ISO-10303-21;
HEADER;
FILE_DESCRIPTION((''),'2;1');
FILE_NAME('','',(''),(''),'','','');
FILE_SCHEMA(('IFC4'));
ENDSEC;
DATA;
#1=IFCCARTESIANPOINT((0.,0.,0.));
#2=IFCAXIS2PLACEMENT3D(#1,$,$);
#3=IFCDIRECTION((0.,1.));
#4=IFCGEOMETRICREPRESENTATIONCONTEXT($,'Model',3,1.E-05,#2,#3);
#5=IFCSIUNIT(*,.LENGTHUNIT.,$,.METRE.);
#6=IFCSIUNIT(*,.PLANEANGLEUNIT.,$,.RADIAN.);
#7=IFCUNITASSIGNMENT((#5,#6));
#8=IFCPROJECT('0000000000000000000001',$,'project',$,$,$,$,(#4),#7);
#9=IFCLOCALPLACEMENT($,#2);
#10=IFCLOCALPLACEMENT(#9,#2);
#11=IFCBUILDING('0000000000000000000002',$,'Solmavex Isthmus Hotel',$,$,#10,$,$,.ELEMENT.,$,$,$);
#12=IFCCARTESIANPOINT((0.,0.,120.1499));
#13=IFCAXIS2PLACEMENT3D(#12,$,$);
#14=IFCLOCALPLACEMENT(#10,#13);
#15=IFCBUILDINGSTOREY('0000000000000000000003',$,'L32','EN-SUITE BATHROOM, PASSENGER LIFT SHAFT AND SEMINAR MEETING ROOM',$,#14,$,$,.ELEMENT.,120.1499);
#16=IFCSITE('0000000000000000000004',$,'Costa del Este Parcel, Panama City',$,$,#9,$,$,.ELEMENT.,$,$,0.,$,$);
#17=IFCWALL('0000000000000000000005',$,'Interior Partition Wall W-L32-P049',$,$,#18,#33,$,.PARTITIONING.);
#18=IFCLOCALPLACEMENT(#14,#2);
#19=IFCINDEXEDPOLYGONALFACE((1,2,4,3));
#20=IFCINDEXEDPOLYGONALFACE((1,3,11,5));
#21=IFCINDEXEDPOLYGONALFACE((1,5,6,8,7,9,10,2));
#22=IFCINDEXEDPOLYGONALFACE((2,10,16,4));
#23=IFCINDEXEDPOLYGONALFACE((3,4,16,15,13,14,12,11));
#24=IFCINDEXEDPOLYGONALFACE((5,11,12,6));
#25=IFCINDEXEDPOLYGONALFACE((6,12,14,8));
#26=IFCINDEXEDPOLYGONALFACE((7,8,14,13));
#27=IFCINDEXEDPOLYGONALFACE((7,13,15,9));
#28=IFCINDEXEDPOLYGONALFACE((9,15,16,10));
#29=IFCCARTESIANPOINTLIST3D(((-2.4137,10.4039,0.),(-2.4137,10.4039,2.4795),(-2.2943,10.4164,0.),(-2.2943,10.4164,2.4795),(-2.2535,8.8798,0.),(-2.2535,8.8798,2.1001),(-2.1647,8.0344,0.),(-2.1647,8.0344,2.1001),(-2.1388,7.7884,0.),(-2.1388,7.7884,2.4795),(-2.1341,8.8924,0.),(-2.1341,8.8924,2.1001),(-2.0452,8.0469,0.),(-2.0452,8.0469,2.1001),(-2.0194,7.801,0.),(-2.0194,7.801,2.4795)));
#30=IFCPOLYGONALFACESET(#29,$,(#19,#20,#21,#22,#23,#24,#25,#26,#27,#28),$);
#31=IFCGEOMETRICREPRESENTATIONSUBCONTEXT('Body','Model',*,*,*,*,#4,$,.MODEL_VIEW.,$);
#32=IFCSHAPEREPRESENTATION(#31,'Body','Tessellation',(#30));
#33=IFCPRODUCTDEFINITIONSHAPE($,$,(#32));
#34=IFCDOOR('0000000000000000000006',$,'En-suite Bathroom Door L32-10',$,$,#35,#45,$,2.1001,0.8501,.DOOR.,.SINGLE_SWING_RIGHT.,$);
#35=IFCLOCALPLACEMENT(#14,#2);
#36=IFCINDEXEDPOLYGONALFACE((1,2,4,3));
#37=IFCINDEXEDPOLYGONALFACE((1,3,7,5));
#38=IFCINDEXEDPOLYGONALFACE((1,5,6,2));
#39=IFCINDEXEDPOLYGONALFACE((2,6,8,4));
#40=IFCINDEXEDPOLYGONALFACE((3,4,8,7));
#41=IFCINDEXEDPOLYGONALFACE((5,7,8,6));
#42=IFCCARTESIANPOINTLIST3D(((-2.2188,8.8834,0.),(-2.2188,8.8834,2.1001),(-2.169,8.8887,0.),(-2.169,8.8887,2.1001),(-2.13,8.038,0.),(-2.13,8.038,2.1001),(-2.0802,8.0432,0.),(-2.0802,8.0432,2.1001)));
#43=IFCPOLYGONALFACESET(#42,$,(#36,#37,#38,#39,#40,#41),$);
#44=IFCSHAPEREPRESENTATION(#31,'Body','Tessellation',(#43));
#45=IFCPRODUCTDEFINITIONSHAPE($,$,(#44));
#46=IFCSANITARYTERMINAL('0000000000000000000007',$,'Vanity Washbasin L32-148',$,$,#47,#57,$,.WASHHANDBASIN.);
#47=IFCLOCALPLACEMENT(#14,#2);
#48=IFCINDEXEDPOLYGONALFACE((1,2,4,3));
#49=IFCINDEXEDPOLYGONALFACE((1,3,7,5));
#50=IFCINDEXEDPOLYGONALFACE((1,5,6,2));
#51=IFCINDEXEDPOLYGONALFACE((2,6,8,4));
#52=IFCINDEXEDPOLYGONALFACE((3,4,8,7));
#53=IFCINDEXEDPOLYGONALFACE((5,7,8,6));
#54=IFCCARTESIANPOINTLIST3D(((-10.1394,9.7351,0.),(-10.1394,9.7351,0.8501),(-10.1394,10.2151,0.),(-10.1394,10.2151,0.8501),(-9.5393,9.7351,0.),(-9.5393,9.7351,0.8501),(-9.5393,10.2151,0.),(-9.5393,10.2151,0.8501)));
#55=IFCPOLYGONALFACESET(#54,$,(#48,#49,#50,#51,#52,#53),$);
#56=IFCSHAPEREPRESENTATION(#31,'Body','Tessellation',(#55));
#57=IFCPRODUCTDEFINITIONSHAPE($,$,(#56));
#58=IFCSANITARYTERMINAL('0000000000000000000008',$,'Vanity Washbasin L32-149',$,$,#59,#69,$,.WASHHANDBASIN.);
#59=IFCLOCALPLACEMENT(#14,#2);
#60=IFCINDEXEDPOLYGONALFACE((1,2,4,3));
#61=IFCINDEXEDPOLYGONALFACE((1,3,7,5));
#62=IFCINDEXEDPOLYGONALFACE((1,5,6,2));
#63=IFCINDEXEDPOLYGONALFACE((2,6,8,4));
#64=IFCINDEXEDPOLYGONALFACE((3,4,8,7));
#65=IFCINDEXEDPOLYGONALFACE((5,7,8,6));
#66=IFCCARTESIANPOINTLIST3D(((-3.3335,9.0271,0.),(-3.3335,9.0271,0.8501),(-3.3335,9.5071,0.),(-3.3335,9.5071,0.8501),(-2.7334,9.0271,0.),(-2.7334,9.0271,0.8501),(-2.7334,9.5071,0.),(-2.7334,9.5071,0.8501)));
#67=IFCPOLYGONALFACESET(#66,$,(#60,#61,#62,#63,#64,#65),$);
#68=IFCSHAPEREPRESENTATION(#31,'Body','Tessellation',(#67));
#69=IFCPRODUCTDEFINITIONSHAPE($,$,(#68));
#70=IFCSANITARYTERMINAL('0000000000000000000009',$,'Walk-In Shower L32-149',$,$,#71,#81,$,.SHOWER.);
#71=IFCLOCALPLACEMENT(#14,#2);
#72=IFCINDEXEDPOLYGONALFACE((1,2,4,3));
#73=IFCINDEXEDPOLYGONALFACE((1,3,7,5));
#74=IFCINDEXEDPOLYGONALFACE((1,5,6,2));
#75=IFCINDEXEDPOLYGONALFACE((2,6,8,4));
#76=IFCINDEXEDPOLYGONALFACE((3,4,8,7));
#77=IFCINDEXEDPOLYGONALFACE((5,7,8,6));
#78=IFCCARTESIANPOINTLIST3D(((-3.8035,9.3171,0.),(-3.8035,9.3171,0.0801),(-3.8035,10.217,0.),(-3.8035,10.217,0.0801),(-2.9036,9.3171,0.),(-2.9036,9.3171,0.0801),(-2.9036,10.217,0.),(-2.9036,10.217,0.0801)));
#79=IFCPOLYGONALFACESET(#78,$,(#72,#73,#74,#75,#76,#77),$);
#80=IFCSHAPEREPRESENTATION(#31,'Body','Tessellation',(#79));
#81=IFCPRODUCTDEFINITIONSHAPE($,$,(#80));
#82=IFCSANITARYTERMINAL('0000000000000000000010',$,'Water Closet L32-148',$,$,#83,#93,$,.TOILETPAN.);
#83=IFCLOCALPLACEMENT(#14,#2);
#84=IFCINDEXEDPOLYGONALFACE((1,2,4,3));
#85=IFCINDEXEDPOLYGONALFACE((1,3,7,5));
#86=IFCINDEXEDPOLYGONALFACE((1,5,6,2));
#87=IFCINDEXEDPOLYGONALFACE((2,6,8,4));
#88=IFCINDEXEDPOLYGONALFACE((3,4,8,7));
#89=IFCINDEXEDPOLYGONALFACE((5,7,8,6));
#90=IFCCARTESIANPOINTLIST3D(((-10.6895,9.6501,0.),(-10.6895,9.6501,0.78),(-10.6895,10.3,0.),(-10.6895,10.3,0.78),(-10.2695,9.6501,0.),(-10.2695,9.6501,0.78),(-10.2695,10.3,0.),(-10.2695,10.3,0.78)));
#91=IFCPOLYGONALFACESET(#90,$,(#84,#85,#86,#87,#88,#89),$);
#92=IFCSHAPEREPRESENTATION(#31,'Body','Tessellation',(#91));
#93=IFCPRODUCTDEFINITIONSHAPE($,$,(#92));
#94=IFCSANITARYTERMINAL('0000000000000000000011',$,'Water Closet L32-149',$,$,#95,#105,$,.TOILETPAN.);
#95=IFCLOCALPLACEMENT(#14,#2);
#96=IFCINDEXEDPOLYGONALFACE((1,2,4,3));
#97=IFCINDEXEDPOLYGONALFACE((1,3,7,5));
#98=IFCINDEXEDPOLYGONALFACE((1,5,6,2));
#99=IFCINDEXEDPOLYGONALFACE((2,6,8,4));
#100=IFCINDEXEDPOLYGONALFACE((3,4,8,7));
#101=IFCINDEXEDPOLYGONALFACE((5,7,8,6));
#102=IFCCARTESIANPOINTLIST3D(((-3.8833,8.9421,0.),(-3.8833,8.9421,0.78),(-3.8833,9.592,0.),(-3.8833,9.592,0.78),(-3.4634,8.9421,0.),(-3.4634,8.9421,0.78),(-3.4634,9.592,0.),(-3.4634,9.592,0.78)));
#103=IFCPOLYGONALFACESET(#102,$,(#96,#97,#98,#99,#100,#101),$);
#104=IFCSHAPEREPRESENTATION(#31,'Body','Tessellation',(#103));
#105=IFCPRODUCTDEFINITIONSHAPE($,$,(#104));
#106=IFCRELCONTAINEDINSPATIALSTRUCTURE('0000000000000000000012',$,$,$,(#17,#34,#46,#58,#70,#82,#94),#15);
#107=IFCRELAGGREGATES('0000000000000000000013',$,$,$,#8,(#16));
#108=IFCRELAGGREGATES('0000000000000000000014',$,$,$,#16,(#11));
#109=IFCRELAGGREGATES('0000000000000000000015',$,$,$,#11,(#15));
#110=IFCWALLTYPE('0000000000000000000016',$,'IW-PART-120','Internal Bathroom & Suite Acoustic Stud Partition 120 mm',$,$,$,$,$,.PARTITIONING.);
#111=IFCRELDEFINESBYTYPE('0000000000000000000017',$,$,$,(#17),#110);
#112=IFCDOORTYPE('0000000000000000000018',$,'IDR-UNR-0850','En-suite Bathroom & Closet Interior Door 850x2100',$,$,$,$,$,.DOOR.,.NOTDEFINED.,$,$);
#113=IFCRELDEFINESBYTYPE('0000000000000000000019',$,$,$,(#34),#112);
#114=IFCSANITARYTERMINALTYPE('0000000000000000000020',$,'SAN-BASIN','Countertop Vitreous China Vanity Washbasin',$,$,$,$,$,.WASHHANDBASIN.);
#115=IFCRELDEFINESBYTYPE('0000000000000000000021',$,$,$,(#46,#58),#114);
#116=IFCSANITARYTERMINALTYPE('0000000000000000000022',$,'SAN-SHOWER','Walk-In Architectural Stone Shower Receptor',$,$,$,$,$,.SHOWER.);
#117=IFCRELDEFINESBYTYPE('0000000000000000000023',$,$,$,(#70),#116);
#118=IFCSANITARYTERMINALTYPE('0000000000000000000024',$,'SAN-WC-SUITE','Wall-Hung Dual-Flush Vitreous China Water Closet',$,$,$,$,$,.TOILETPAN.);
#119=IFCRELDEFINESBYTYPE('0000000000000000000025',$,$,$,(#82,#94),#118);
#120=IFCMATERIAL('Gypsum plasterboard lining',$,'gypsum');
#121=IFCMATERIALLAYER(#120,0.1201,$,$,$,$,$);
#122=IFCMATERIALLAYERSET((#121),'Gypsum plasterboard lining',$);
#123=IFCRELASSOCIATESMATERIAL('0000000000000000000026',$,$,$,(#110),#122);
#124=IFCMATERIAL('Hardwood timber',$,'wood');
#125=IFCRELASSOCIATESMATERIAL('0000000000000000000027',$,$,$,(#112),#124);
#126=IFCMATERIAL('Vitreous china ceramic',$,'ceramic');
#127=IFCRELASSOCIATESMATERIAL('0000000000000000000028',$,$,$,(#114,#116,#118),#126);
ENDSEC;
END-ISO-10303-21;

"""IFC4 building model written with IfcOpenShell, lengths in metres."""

from ifc_helpers import new_model, si_unit, direction, frame, frame_2d, origin, origin_2d, place, context, subcontext, project, spatial, rectangle, extrude, material, layer, layer_set, type_object, element, fill, save


model = new_model("IFC4")

# Units and contexts
model_context = context("Model", 3, precision=1e-05, world=origin(), true_north=direction((0.0, 1.0)))
body_context = subcontext(model_context, "Body", "Model", "MODEL_VIEW")
ifc_project = project(units=[si_unit("LENGTHUNIT", "METRE"), si_unit("PLANEANGLEUNIT", "RADIAN")], contexts=[model_context])

# Site, building, storey
site_placement = place(None, origin())
site = spatial("IfcSite", under=ifc_project, at=site_placement, Name="Costa del Este Parcel, Panama City", CompositionType="ELEMENT", RefElevation=0.0)
building_placement = place(site_placement, origin())
building = spatial("IfcBuilding", under=site, at=building_placement, Name="Solmavex Isthmus Hotel", CompositionType="ELEMENT")
storey_placement = place(building_placement, frame((0.0, 0.0, 120.1499)))
storey = spatial("IfcBuildingStorey", under=building, at=storey_placement, Name="L32", Description="EN-SUITE BATHROOM, PASSENGER LIFT SHAFT AND SEMINAR MEETING ROOM", CompositionType="ELEMENT", Elevation=120.1499)

# Shared definitions
ifc_material_1 = material(Name="Gypsum plasterboard lining", Category="gypsum")

# Shared definitions
ifc_material_2 = material(Name="Hardwood timber", Category="wood")

# Shared definitions
ifc_layer_1 = layer(ifc_material_1, 0.1201)
ifc_layer_set_1 = layer_set([ifc_layer_1], Name="Gypsum plasterboard lining")
wall_type_1 = type_object("IfcWallType", Name="IW-PART-120", Description="Internal Bathroom & Suite Acoustic Stud Partition 120 mm", PredefinedType="PARTITIONING", material=ifc_layer_set_1)

# Wall, opening, door
wall_1_placement = place(storey_placement, frame((-2.0791, 7.7947, 0.0), z_axis=(0.0, 0.0, 1.0), x_axis=(-0.10453, 0.994522, 0.0)))
wall_1 = element("IfcWall", 1, at=wall_1_placement, inside=storey, type_object=wall_type_1, Name="Interior Partition Wall W-L32-P049", PredefinedType="PARTITIONING", context=body_context, shape_type="SweptSolid", body=[
    extrude(rectangle(XDim=2.6299, YDim=0.1201, at=frame_2d((1.3149, 0.0))), origin(), (0.0, 0.0, 1.0), 2.4795),
])
opening_1_placement = place(wall_1_placement, frame((0.2473, 0.0, 0.0)))
opening_1 = element("IfcOpeningElement", 2, at=opening_1_placement, cuts=wall_1, PredefinedType="OPENING", context=body_context, shape_type="SweptSolid", body=[
    extrude(rectangle(XDim=0.8501, YDim=2.1001, at=frame_2d((0.425, 1.05))), frame((0.0, 0.0701, 0.0), z_axis=(0.0, -1.0, 0.0), x_axis=(1.0, 0.0, 0.0)), (0.0, 0.0, 1.0), 0.1401),
])
door_type_1 = type_object("IfcDoorType", Name="IDR-UNR-0850", Description="En-suite Bathroom & Closet Interior Door 850x2100", OperationType="NOTDEFINED", PredefinedType="DOOR", material=ifc_material_2)
door_1_placement = place(opening_1_placement, frame((0.8501, 0.0, 0.0), z_axis=(0.0, 0.0, 1.0), x_axis=(-1.0, 0.0, 0.0)))
door_1 = element("IfcDoor", 3, at=door_1_placement, inside=storey, type_object=door_type_1, Name="En-suite Bathroom Door L32-10", OperationType="SINGLE_SWING_RIGHT", OverallHeight=2.1001, OverallWidth=0.8501, PredefinedType="DOOR", context=body_context, shape_type="SweptSolid", body=[
    extrude(rectangle(XDim=0.8501, YDim=2.1001, at=frame_2d((0.425, 1.05))), frame((0.0, 0.0249, 0.0), z_axis=(0.0, -1.0, 0.0), x_axis=(1.0, 0.0, 0.0)), (0.0, 0.0, 1.0), 0.05),
])
fill(opening_1, door_1)

# Sanitary terminals
ifc_material_3 = material(Name="Vitreous china ceramic", Category="ceramic")
sanitary_terminal_type_1 = type_object("IfcSanitaryTerminalType", Name="SAN-BASIN", Description="Countertop Vitreous China Vanity Washbasin", PredefinedType="WASHHANDBASIN", material=ifc_material_3)
for number, where, z_axis, x_axis, name in (
    (4, (-9.8394, 9.9751, 0.0), (0.0, 0.0, 1.0), (1.0, 0.0, 0.0), "Vanity Washbasin L32-148"),
    (5, (-3.0334, 9.2671, 0.0), (0.0, 0.0, 1.0), (1.0, 0.0, 0.0), "Vanity Washbasin L32-149"),
):
    element("IfcSanitaryTerminal", number, at=place(storey_placement, frame(where, z_axis=z_axis, x_axis=x_axis)), inside=storey, type_object=sanitary_terminal_type_1, Name=name, PredefinedType="WASHHANDBASIN", context=body_context, shape_type="SweptSolid", body=[
        extrude(rectangle(XDim=0.6001, YDim=0.48, at=origin_2d()), origin(), (0.0, 0.0, 1.0), 0.8501),
    ])
sanitary_terminal_type_2 = type_object("IfcSanitaryTerminalType", Name="SAN-SHOWER", Description="Walk-In Architectural Stone Shower Receptor", PredefinedType="SHOWER", material=ifc_material_3)
sanitary_terminal_placement = place(storey_placement, frame((-3.3535, 9.7671, 0.0), z_axis=(0.0, 0.0, 1.0), x_axis=(1.0, 0.0, 0.0)))
element("IfcSanitaryTerminal", 6, at=sanitary_terminal_placement, inside=storey, type_object=sanitary_terminal_type_2, Name="Walk-In Shower L32-149", PredefinedType="SHOWER", context=body_context, shape_type="SweptSolid", body=[
    extrude(rectangle(XDim=0.8999, YDim=0.8999, at=origin_2d()), origin(), (0.0, 0.0, 1.0), 0.0801),
])
sanitary_terminal_type_3 = type_object("IfcSanitaryTerminalType", Name="SAN-WC-SUITE", Description="Wall-Hung Dual-Flush Vitreous China Water Closet", PredefinedType="TOILETPAN", material=ifc_material_3)
for number, where, z_axis, x_axis, name in (
    (7, (-10.4795, 9.9751, 0.0), (0.0, 0.0, 1.0), (1.0, 0.0, 0.0), "Water Closet L32-148"),
    (8, (-3.6733, 9.2671, 0.0), (0.0, 0.0, 1.0), (1.0, 0.0, 0.0), "Water Closet L32-149"),
):
    element("IfcSanitaryTerminal", number, at=place(storey_placement, frame(where, z_axis=z_axis, x_axis=x_axis)), inside=storey, type_object=sanitary_terminal_type_3, Name=name, PredefinedType="TOILETPAN", context=body_context, shape_type="SweptSolid", body=[
        extrude(rectangle(XDim=0.4199, YDim=0.6499, at=origin_2d()), origin(), (0.0, 0.0, 1.0), 0.78),
    ])

save(model, "model.ifc")
